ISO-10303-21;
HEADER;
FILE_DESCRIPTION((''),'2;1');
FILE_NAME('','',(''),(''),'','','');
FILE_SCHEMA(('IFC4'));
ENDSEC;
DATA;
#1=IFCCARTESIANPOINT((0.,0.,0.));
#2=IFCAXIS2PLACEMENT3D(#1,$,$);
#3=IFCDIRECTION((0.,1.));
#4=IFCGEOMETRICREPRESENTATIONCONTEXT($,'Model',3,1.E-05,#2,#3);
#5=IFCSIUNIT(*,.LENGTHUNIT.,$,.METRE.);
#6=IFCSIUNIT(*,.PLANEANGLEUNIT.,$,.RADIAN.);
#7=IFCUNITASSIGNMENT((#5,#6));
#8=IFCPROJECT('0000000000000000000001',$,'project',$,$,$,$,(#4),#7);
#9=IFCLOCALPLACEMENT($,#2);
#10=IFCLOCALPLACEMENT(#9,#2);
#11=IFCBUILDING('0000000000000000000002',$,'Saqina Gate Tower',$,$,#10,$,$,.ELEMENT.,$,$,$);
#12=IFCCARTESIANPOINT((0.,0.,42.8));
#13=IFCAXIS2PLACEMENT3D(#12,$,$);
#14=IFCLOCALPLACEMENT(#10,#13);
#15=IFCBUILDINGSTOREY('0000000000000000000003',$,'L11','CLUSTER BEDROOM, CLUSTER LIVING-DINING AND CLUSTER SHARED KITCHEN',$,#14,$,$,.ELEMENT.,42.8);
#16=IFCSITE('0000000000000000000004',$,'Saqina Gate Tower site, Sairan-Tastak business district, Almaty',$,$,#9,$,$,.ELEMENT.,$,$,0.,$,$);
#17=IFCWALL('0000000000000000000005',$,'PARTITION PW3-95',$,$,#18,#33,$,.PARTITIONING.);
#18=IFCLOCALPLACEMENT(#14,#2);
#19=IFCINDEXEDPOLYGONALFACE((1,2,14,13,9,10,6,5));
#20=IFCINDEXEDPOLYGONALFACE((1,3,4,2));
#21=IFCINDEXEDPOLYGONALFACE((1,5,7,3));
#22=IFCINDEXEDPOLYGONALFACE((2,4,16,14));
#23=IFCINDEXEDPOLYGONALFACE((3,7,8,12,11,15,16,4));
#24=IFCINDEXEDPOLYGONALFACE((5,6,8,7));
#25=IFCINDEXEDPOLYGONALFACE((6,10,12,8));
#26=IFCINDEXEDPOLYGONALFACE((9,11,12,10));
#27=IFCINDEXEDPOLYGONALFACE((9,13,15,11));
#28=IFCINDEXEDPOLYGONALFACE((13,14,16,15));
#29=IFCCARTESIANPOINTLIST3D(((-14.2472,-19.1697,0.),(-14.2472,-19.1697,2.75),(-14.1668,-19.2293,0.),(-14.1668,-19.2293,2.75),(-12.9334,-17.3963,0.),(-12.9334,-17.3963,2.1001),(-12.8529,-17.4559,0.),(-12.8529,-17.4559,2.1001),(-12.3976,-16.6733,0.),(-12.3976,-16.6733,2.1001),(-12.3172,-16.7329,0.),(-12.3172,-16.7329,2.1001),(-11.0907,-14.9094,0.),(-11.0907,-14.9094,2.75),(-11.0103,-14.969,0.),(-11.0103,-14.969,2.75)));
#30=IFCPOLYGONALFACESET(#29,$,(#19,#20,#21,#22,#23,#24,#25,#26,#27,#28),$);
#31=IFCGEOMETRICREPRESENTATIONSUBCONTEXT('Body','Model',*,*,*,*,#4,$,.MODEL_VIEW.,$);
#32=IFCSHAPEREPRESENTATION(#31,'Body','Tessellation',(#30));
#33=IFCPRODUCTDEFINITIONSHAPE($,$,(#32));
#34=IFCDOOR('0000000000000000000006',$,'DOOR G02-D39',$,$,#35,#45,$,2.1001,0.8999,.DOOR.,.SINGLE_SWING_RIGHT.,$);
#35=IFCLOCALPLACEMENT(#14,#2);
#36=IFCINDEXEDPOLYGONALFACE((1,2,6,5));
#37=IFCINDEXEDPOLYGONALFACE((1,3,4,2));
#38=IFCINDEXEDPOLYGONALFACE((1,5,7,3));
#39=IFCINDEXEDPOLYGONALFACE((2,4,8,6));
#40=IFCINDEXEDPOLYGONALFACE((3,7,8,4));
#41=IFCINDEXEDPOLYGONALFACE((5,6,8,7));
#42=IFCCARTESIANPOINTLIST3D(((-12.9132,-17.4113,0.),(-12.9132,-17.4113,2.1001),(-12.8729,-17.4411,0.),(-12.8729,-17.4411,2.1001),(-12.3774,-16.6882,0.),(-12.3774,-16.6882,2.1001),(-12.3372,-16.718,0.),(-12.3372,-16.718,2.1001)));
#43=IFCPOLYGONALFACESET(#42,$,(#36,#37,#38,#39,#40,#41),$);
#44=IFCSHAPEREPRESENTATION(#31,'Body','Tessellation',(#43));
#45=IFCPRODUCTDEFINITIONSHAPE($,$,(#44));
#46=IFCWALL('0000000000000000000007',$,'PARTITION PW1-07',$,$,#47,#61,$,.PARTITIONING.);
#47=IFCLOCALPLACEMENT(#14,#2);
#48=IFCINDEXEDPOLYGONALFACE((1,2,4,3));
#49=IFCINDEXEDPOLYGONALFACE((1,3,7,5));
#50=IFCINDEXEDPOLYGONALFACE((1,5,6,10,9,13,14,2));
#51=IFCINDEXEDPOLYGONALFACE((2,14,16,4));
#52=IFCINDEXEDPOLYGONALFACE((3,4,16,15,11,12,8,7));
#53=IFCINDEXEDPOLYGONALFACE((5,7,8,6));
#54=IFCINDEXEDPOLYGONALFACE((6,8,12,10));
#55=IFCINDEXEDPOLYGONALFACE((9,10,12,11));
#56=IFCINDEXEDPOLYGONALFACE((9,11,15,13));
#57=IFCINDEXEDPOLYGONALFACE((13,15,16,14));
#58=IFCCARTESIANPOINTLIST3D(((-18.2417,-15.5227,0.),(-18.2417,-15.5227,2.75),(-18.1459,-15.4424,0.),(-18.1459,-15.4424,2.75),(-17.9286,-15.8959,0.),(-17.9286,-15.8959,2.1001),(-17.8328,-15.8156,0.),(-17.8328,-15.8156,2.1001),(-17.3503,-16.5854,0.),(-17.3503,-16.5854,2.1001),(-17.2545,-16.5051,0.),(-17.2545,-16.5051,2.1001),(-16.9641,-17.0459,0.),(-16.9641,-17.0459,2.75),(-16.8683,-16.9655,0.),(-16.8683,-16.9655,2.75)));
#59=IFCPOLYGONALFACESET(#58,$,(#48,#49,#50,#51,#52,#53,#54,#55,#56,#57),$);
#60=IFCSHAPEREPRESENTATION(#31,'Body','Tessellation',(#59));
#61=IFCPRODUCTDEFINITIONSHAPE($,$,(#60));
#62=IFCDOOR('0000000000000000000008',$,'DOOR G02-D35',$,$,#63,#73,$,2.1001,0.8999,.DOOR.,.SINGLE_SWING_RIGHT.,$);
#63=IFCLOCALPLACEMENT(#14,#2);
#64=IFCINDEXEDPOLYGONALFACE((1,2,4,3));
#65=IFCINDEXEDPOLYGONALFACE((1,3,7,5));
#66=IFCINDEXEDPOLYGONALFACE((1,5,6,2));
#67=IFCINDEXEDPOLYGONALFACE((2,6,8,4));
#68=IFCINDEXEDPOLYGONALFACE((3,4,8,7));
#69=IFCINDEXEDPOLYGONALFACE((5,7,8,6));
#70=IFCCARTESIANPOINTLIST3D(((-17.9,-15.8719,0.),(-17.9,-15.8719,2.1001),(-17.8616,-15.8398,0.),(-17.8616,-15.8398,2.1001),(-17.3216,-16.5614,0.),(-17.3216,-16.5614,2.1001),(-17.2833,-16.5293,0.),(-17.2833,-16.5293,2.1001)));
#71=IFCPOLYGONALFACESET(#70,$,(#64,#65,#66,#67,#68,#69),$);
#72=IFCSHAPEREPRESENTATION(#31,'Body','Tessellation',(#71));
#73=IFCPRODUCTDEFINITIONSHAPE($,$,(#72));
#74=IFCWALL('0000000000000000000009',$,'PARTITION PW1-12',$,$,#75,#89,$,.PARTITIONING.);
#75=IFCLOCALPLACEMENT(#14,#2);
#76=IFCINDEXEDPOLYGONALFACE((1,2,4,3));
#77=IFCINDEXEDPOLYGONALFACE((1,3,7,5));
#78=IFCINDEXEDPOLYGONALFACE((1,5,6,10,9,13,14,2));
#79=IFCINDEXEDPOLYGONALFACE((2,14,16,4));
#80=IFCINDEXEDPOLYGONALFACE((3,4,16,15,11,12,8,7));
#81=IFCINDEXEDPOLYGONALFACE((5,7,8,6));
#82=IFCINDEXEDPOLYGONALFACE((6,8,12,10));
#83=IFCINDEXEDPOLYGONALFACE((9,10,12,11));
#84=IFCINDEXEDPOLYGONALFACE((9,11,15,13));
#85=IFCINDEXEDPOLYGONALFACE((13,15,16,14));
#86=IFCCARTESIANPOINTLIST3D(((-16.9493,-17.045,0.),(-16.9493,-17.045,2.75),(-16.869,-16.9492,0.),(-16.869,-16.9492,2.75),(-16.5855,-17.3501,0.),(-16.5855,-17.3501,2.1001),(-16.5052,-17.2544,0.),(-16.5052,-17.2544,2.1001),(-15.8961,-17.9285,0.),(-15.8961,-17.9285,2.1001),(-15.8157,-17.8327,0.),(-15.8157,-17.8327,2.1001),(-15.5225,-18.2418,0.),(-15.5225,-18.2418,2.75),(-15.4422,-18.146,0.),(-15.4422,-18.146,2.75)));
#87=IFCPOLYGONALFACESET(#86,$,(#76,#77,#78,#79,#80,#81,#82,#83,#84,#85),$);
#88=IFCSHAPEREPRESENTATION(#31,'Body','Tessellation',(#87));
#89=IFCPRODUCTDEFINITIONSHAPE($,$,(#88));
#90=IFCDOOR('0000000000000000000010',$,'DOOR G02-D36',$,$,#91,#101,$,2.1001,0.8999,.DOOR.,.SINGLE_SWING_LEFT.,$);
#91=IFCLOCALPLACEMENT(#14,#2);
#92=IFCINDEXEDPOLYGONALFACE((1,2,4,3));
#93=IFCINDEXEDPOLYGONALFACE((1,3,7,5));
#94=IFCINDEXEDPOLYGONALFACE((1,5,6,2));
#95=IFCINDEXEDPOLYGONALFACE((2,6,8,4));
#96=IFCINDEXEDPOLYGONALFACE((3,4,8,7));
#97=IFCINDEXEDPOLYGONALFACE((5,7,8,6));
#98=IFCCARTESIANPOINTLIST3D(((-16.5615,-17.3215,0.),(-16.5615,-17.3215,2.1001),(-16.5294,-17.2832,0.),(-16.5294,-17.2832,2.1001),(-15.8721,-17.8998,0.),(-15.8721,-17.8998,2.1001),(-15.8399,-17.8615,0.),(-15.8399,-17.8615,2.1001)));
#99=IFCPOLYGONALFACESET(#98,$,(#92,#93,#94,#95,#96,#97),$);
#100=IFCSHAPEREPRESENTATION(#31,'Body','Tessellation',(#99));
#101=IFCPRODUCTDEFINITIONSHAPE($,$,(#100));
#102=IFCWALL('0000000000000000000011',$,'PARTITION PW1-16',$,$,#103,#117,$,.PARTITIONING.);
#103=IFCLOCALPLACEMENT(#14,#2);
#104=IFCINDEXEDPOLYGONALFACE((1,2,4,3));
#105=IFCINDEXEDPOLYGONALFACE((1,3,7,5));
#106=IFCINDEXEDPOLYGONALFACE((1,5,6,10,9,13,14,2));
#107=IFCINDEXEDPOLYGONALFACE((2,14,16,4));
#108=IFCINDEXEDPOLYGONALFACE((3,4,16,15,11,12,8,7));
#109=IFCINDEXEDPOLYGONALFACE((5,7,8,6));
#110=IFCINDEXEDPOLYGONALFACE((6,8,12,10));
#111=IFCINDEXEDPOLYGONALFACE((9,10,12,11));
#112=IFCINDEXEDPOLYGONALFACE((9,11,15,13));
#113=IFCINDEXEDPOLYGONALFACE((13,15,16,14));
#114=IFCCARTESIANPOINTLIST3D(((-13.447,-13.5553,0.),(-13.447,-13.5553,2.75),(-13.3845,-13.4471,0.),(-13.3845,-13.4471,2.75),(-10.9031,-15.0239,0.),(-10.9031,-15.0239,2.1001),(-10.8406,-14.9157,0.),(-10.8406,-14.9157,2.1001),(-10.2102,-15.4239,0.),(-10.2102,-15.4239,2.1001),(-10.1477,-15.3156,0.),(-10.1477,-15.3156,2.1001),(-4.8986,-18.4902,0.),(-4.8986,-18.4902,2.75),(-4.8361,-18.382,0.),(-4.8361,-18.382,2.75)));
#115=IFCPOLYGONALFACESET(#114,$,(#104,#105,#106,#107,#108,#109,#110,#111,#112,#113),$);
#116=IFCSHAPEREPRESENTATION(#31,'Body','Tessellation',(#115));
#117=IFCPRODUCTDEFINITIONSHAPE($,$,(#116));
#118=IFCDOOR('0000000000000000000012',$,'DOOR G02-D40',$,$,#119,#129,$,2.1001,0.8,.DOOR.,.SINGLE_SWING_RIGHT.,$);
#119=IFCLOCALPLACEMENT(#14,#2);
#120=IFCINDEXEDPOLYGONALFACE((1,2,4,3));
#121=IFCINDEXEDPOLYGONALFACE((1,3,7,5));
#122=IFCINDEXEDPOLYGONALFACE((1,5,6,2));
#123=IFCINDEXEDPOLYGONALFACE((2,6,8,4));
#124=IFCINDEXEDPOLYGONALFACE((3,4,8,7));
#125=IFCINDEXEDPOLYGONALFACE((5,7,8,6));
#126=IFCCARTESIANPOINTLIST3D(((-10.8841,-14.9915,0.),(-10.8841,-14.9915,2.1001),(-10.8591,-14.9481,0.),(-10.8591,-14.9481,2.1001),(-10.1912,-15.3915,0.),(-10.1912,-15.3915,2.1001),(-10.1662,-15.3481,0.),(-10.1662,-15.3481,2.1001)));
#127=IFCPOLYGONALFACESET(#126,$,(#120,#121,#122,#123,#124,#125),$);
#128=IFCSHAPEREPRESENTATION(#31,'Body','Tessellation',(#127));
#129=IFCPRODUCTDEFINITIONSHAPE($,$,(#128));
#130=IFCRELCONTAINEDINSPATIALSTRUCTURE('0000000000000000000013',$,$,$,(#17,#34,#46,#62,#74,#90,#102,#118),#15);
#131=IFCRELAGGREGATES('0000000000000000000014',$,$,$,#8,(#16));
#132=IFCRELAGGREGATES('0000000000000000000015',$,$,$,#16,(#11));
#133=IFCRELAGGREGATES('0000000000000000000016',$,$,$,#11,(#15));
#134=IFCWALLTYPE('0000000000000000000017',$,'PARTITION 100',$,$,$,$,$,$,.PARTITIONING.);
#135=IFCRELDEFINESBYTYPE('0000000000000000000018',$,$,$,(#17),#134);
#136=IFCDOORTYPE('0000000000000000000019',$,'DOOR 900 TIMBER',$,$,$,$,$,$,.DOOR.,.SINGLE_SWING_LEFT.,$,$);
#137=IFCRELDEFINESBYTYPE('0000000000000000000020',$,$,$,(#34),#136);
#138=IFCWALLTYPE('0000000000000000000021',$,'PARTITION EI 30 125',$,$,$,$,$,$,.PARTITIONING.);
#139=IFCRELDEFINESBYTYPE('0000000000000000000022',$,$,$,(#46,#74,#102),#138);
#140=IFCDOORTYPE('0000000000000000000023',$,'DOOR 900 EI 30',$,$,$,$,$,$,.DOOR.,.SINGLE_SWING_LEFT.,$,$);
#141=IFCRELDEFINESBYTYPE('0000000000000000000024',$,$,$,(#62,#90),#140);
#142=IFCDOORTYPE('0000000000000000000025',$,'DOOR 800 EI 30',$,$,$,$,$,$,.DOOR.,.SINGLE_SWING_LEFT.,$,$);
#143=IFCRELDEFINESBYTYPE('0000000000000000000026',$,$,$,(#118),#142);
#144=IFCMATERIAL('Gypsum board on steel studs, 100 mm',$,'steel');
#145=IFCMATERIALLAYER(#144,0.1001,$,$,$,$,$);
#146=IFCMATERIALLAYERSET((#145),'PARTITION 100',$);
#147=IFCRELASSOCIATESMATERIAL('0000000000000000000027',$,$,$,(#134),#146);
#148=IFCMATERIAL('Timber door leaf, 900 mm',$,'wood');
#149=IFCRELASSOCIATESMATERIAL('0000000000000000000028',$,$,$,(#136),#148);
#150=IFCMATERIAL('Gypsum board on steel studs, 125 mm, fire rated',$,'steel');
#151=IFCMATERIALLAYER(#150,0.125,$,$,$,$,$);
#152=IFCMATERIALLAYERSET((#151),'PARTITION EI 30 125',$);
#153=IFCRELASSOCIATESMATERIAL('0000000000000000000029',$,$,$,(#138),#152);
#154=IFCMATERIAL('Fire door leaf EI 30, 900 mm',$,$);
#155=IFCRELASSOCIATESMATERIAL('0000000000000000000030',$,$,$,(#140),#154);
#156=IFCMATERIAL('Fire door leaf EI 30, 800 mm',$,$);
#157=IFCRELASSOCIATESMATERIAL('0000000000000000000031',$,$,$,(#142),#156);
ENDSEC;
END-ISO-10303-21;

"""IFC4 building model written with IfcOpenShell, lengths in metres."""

from ifc_helpers import new_model, si_unit, direction, frame, frame_2d, origin, place, context, subcontext, project, spatial, rectangle, extrude, material, layer, layer_set, type_object, element, fill, save


model = new_model("IFC4")

# Units and contexts
model_context = context("Model", 3, precision=1e-05, world=origin(), true_north=direction((0.0, 1.0)))
body_context = subcontext(model_context, "Body", "Model", "MODEL_VIEW")
ifc_project = project(units=[si_unit("LENGTHUNIT", "METRE"), si_unit("PLANEANGLEUNIT", "RADIAN")], contexts=[model_context])

# Site, building, storey
site_placement = place(None, origin())
site = spatial("IfcSite", under=ifc_project, at=site_placement, Name="Saqina Gate Tower site, Sairan-Tastak business district, Almaty", CompositionType="ELEMENT", RefElevation=0.0)
building_placement = place(site_placement, origin())
building = spatial("IfcBuilding", under=site, at=building_placement, Name="Saqina Gate Tower", CompositionType="ELEMENT")
storey_placement = place(building_placement, frame((0.0, 0.0, 42.8)))
storey = spatial("IfcBuildingStorey", under=building, at=storey_placement, Name="L11", Description="CLUSTER BEDROOM, CLUSTER LIVING-DINING AND CLUSTER SHARED KITCHEN", CompositionType="ELEMENT", Elevation=42.8)

# Shared definitions
ifc_material_1 = material(Name="Gypsum board on steel studs, 100 mm", Category="steel")
ifc_layer_1 = layer(ifc_material_1, 0.1001)
ifc_layer_set_1 = layer_set([ifc_layer_1], Name="PARTITION 100")
wall_type_1 = type_object("IfcWallType", Name="PARTITION 100", PredefinedType="PARTITIONING", material=ifc_layer_set_1)

# Walls, openings, doors
wall_1_placement = place(storey_placement, frame((-14.207, -19.1995, 0.0), z_axis=(0.0, 0.0, 1.0), x_axis=(0.595319, 0.803489, 0.0)))
wall_1 = element("IfcWall", 1, at=wall_1_placement, inside=storey, type_object=wall_type_1, Name="PARTITION PW3-95", PredefinedType="PARTITIONING", context=body_context, shape_type="SweptSolid", body=[
    extrude(rectangle(XDim=5.3022, YDim=0.1001, at=frame_2d((2.6511, 0.0))), origin(), (0.0, 0.0, 1.0), 2.75),
])
opening_1_placement = place(wall_1_placement, frame((2.207, 0.0, 0.0)))
opening_1 = element("IfcOpeningElement", 2, at=opening_1_placement, cuts=wall_1, PredefinedType="OPENING", context=body_context, shape_type="SweptSolid", body=[
    extrude(rectangle(XDim=0.8999, YDim=2.1001, at=frame_2d((0.45, 1.05))), frame((0.0, 0.062, 0.0), z_axis=(0.0, -1.0, 0.0), x_axis=(1.0, 0.0, 0.0)), (0.0, 0.0, 1.0), 0.124),
])
ifc_material_2 = material(Name="Timber door leaf, 900 mm", Category="wood")
door_type_1 = type_object("IfcDoorType", Name="DOOR 900 TIMBER", OperationType="SINGLE_SWING_LEFT", PredefinedType="DOOR", material=ifc_material_2)
door_1_placement = place(opening_1_placement, origin())
door_1 = element("IfcDoor", 3, at=door_1_placement, inside=storey, type_object=door_type_1, Name="DOOR G02-D39", OperationType="SINGLE_SWING_RIGHT", OverallHeight=2.1001, OverallWidth=0.8999, PredefinedType="DOOR", context=body_context, shape_type="SweptSolid", body=[
    extrude(rectangle(XDim=0.8999, YDim=2.1001, at=frame_2d((0.45, 1.05))), frame((0.0, 0.0249, 0.0), z_axis=(0.0, -1.0, 0.0), x_axis=(1.0, 0.0, 0.0)), (0.0, 0.0, 1.0), 0.05),
])
fill(opening_1, door_1)
ifc_material_3 = material(Name="Gypsum board on steel studs, 125 mm, fire rated", Category="steel")
ifc_layer_2 = layer(ifc_material_3, 0.125)
ifc_layer_set_2 = layer_set([ifc_layer_2], Name="PARTITION EI 30 125")
wall_type_2 = type_object("IfcWallType", Name="PARTITION EI 30 125", PredefinedType="PARTITIONING", material=ifc_layer_set_2)
wall_2_placement = place(storey_placement, frame((-18.1938, -15.4824, 0.0), z_axis=(0.0, 0.0, 1.0), x_axis=(0.642633, -0.766174, 0.0)))
wall_2 = element("IfcWall", 4, at=wall_2_placement, inside=storey, type_object=wall_type_2, Name="PARTITION PW1-07", PredefinedType="PARTITIONING", context=body_context, shape_type="SweptSolid", body=[
    extrude(rectangle(XDim=1.988, YDim=0.125, at=frame_2d((0.9941, 0.0))), origin(), (0.0, 0.0, 1.0), 2.75),
])
opening_2_placement = place(wall_2_placement, frame((0.4873, 0.0, 0.0)))
opening_2 = element("IfcOpeningElement", 5, at=opening_2_placement, cuts=wall_2, PredefinedType="OPENING", context=body_context, shape_type="SweptSolid", body=[
    extrude(rectangle(XDim=0.8999, YDim=2.1001, at=frame_2d((0.45, 1.05))), frame((0.0, 0.0745, 0.0), z_axis=(0.0, -1.0, 0.0), x_axis=(1.0, 0.0, 0.0)), (0.0, 0.0, 1.0), 0.1489),
])
ifc_material_4 = material(Name="Fire door leaf EI 30, 900 mm")
door_type_2 = type_object("IfcDoorType", Name="DOOR 900 EI 30", OperationType="SINGLE_SWING_LEFT", PredefinedType="DOOR", material=ifc_material_4)
door_2_placement = place(opening_2_placement, origin())
door_2 = element("IfcDoor", 6, at=door_2_placement, inside=storey, type_object=door_type_2, Name="DOOR G02-D35", OperationType="SINGLE_SWING_RIGHT", OverallHeight=2.1001, OverallWidth=0.8999, PredefinedType="DOOR", context=body_context, shape_type="SweptSolid", body=[
    extrude(rectangle(XDim=0.8999, YDim=2.1001, at=frame_2d((0.45, 1.05))), frame((0.0, 0.0249, 0.0), z_axis=(0.0, -1.0, 0.0), x_axis=(1.0, 0.0, 0.0)), (0.0, 0.0, 1.0), 0.05),
])
fill(opening_2, door_2)
wall_3_placement = place(storey_placement, frame((-16.9092, -16.9971, 0.0), z_axis=(0.0, 0.0, 1.0), x_axis=(0.766154, -0.642657, 0.0)))
wall_3 = element("IfcWall", 7, at=wall_3_placement, inside=storey, type_object=wall_type_2, Name="PARTITION PW1-12", PredefinedType="PARTITIONING", context=body_context, shape_type="SweptSolid", body=[
    extrude(rectangle(XDim=1.8623, YDim=0.125, at=frame_2d((0.9312, 0.0))), origin(), (0.0, 0.0, 1.0), 2.75),
])
opening_3_placement = place(wall_3_placement, frame((0.4749, 0.0, 0.0)))
opening_3 = element("IfcOpeningElement", 8, at=opening_3_placement, cuts=wall_3, PredefinedType="OPENING", context=body_context, shape_type="SweptSolid", body=[
    extrude(rectangle(XDim=0.8999, YDim=2.1001, at=frame_2d((0.45, 1.05))), frame((0.0, 0.0745, 0.0), z_axis=(0.0, -1.0, 0.0), x_axis=(1.0, 0.0, 0.0)), (0.0, 0.0, 1.0), 0.1489),
])
door_3_placement = place(opening_3_placement, origin())
door_3 = element("IfcDoor", 9, at=door_3_placement, inside=storey, type_object=door_type_2, Name="DOOR G02-D36", OperationType="SINGLE_SWING_LEFT", OverallHeight=2.1001, OverallWidth=0.8999, PredefinedType="DOOR", context=body_context, shape_type="SweptSolid", body=[
    extrude(rectangle(XDim=0.8999, YDim=2.1001, at=frame_2d((0.45, 1.05))), frame((0.0, 0.0249, 0.0), z_axis=(0.0, -1.0, 0.0), x_axis=(1.0, 0.0, 0.0)), (0.0, 0.0, 1.0), 0.05),
])
fill(opening_3, door_3)
wall_4_placement = place(storey_placement, frame((-13.4158, -13.5012, 0.0), z_axis=(0.0, 0.0, 1.0), x_axis=(0.86605, -0.499957, 0.0)))
wall_4 = element("IfcWall", 10, at=wall_4_placement, inside=storey, type_object=wall_type_2, Name="PARTITION PW1-16", PredefinedType="PARTITIONING", context=body_context, shape_type="SweptSolid", body=[
    extrude(rectangle(XDim=9.8706, YDim=0.125, at=frame_2d((4.9353, 0.0))), origin(), (0.0, 0.0, 1.0), 2.75),
])
opening_4_placement = place(wall_4_placement, frame((2.9375, 0.0, 0.0)))
opening_4 = element("IfcOpeningElement", 11, at=opening_4_placement, cuts=wall_4, PredefinedType="OPENING", context=body_context, shape_type="SweptSolid", body=[
    extrude(rectangle(XDim=0.8, YDim=2.1001, at=frame_2d((0.3999, 1.05))), frame((0.0, 0.0745, 0.0), z_axis=(0.0, -1.0, 0.0), x_axis=(1.0, 0.0, 0.0)), (0.0, 0.0, 1.0), 0.1489),
])
ifc_material_5 = material(Name="Fire door leaf EI 30, 800 mm")
door_type_3 = type_object("IfcDoorType", Name="DOOR 800 EI 30", OperationType="SINGLE_SWING_LEFT", PredefinedType="DOOR", material=ifc_material_5)
door_4_placement = place(opening_4_placement, frame((0.8, 0.0, 0.0), z_axis=(0.0, 0.0, 1.0), x_axis=(-1.0, 0.0, 0.0)))
door_4 = element("IfcDoor", 12, at=door_4_placement, inside=storey, type_object=door_type_3, Name="DOOR G02-D40", OperationType="SINGLE_SWING_RIGHT", OverallHeight=2.1001, OverallWidth=0.8, PredefinedType="DOOR", context=body_context, shape_type="SweptSolid", body=[
    extrude(rectangle(XDim=0.8, YDim=2.1001, at=frame_2d((0.3999, 1.05))), frame((0.0, 0.0249, 0.0), z_axis=(0.0, -1.0, 0.0), x_axis=(1.0, 0.0, 0.0)), (0.0, 0.0, 1.0), 0.05),
])
fill(opening_4, door_4)

save(model, "model.ifc")
